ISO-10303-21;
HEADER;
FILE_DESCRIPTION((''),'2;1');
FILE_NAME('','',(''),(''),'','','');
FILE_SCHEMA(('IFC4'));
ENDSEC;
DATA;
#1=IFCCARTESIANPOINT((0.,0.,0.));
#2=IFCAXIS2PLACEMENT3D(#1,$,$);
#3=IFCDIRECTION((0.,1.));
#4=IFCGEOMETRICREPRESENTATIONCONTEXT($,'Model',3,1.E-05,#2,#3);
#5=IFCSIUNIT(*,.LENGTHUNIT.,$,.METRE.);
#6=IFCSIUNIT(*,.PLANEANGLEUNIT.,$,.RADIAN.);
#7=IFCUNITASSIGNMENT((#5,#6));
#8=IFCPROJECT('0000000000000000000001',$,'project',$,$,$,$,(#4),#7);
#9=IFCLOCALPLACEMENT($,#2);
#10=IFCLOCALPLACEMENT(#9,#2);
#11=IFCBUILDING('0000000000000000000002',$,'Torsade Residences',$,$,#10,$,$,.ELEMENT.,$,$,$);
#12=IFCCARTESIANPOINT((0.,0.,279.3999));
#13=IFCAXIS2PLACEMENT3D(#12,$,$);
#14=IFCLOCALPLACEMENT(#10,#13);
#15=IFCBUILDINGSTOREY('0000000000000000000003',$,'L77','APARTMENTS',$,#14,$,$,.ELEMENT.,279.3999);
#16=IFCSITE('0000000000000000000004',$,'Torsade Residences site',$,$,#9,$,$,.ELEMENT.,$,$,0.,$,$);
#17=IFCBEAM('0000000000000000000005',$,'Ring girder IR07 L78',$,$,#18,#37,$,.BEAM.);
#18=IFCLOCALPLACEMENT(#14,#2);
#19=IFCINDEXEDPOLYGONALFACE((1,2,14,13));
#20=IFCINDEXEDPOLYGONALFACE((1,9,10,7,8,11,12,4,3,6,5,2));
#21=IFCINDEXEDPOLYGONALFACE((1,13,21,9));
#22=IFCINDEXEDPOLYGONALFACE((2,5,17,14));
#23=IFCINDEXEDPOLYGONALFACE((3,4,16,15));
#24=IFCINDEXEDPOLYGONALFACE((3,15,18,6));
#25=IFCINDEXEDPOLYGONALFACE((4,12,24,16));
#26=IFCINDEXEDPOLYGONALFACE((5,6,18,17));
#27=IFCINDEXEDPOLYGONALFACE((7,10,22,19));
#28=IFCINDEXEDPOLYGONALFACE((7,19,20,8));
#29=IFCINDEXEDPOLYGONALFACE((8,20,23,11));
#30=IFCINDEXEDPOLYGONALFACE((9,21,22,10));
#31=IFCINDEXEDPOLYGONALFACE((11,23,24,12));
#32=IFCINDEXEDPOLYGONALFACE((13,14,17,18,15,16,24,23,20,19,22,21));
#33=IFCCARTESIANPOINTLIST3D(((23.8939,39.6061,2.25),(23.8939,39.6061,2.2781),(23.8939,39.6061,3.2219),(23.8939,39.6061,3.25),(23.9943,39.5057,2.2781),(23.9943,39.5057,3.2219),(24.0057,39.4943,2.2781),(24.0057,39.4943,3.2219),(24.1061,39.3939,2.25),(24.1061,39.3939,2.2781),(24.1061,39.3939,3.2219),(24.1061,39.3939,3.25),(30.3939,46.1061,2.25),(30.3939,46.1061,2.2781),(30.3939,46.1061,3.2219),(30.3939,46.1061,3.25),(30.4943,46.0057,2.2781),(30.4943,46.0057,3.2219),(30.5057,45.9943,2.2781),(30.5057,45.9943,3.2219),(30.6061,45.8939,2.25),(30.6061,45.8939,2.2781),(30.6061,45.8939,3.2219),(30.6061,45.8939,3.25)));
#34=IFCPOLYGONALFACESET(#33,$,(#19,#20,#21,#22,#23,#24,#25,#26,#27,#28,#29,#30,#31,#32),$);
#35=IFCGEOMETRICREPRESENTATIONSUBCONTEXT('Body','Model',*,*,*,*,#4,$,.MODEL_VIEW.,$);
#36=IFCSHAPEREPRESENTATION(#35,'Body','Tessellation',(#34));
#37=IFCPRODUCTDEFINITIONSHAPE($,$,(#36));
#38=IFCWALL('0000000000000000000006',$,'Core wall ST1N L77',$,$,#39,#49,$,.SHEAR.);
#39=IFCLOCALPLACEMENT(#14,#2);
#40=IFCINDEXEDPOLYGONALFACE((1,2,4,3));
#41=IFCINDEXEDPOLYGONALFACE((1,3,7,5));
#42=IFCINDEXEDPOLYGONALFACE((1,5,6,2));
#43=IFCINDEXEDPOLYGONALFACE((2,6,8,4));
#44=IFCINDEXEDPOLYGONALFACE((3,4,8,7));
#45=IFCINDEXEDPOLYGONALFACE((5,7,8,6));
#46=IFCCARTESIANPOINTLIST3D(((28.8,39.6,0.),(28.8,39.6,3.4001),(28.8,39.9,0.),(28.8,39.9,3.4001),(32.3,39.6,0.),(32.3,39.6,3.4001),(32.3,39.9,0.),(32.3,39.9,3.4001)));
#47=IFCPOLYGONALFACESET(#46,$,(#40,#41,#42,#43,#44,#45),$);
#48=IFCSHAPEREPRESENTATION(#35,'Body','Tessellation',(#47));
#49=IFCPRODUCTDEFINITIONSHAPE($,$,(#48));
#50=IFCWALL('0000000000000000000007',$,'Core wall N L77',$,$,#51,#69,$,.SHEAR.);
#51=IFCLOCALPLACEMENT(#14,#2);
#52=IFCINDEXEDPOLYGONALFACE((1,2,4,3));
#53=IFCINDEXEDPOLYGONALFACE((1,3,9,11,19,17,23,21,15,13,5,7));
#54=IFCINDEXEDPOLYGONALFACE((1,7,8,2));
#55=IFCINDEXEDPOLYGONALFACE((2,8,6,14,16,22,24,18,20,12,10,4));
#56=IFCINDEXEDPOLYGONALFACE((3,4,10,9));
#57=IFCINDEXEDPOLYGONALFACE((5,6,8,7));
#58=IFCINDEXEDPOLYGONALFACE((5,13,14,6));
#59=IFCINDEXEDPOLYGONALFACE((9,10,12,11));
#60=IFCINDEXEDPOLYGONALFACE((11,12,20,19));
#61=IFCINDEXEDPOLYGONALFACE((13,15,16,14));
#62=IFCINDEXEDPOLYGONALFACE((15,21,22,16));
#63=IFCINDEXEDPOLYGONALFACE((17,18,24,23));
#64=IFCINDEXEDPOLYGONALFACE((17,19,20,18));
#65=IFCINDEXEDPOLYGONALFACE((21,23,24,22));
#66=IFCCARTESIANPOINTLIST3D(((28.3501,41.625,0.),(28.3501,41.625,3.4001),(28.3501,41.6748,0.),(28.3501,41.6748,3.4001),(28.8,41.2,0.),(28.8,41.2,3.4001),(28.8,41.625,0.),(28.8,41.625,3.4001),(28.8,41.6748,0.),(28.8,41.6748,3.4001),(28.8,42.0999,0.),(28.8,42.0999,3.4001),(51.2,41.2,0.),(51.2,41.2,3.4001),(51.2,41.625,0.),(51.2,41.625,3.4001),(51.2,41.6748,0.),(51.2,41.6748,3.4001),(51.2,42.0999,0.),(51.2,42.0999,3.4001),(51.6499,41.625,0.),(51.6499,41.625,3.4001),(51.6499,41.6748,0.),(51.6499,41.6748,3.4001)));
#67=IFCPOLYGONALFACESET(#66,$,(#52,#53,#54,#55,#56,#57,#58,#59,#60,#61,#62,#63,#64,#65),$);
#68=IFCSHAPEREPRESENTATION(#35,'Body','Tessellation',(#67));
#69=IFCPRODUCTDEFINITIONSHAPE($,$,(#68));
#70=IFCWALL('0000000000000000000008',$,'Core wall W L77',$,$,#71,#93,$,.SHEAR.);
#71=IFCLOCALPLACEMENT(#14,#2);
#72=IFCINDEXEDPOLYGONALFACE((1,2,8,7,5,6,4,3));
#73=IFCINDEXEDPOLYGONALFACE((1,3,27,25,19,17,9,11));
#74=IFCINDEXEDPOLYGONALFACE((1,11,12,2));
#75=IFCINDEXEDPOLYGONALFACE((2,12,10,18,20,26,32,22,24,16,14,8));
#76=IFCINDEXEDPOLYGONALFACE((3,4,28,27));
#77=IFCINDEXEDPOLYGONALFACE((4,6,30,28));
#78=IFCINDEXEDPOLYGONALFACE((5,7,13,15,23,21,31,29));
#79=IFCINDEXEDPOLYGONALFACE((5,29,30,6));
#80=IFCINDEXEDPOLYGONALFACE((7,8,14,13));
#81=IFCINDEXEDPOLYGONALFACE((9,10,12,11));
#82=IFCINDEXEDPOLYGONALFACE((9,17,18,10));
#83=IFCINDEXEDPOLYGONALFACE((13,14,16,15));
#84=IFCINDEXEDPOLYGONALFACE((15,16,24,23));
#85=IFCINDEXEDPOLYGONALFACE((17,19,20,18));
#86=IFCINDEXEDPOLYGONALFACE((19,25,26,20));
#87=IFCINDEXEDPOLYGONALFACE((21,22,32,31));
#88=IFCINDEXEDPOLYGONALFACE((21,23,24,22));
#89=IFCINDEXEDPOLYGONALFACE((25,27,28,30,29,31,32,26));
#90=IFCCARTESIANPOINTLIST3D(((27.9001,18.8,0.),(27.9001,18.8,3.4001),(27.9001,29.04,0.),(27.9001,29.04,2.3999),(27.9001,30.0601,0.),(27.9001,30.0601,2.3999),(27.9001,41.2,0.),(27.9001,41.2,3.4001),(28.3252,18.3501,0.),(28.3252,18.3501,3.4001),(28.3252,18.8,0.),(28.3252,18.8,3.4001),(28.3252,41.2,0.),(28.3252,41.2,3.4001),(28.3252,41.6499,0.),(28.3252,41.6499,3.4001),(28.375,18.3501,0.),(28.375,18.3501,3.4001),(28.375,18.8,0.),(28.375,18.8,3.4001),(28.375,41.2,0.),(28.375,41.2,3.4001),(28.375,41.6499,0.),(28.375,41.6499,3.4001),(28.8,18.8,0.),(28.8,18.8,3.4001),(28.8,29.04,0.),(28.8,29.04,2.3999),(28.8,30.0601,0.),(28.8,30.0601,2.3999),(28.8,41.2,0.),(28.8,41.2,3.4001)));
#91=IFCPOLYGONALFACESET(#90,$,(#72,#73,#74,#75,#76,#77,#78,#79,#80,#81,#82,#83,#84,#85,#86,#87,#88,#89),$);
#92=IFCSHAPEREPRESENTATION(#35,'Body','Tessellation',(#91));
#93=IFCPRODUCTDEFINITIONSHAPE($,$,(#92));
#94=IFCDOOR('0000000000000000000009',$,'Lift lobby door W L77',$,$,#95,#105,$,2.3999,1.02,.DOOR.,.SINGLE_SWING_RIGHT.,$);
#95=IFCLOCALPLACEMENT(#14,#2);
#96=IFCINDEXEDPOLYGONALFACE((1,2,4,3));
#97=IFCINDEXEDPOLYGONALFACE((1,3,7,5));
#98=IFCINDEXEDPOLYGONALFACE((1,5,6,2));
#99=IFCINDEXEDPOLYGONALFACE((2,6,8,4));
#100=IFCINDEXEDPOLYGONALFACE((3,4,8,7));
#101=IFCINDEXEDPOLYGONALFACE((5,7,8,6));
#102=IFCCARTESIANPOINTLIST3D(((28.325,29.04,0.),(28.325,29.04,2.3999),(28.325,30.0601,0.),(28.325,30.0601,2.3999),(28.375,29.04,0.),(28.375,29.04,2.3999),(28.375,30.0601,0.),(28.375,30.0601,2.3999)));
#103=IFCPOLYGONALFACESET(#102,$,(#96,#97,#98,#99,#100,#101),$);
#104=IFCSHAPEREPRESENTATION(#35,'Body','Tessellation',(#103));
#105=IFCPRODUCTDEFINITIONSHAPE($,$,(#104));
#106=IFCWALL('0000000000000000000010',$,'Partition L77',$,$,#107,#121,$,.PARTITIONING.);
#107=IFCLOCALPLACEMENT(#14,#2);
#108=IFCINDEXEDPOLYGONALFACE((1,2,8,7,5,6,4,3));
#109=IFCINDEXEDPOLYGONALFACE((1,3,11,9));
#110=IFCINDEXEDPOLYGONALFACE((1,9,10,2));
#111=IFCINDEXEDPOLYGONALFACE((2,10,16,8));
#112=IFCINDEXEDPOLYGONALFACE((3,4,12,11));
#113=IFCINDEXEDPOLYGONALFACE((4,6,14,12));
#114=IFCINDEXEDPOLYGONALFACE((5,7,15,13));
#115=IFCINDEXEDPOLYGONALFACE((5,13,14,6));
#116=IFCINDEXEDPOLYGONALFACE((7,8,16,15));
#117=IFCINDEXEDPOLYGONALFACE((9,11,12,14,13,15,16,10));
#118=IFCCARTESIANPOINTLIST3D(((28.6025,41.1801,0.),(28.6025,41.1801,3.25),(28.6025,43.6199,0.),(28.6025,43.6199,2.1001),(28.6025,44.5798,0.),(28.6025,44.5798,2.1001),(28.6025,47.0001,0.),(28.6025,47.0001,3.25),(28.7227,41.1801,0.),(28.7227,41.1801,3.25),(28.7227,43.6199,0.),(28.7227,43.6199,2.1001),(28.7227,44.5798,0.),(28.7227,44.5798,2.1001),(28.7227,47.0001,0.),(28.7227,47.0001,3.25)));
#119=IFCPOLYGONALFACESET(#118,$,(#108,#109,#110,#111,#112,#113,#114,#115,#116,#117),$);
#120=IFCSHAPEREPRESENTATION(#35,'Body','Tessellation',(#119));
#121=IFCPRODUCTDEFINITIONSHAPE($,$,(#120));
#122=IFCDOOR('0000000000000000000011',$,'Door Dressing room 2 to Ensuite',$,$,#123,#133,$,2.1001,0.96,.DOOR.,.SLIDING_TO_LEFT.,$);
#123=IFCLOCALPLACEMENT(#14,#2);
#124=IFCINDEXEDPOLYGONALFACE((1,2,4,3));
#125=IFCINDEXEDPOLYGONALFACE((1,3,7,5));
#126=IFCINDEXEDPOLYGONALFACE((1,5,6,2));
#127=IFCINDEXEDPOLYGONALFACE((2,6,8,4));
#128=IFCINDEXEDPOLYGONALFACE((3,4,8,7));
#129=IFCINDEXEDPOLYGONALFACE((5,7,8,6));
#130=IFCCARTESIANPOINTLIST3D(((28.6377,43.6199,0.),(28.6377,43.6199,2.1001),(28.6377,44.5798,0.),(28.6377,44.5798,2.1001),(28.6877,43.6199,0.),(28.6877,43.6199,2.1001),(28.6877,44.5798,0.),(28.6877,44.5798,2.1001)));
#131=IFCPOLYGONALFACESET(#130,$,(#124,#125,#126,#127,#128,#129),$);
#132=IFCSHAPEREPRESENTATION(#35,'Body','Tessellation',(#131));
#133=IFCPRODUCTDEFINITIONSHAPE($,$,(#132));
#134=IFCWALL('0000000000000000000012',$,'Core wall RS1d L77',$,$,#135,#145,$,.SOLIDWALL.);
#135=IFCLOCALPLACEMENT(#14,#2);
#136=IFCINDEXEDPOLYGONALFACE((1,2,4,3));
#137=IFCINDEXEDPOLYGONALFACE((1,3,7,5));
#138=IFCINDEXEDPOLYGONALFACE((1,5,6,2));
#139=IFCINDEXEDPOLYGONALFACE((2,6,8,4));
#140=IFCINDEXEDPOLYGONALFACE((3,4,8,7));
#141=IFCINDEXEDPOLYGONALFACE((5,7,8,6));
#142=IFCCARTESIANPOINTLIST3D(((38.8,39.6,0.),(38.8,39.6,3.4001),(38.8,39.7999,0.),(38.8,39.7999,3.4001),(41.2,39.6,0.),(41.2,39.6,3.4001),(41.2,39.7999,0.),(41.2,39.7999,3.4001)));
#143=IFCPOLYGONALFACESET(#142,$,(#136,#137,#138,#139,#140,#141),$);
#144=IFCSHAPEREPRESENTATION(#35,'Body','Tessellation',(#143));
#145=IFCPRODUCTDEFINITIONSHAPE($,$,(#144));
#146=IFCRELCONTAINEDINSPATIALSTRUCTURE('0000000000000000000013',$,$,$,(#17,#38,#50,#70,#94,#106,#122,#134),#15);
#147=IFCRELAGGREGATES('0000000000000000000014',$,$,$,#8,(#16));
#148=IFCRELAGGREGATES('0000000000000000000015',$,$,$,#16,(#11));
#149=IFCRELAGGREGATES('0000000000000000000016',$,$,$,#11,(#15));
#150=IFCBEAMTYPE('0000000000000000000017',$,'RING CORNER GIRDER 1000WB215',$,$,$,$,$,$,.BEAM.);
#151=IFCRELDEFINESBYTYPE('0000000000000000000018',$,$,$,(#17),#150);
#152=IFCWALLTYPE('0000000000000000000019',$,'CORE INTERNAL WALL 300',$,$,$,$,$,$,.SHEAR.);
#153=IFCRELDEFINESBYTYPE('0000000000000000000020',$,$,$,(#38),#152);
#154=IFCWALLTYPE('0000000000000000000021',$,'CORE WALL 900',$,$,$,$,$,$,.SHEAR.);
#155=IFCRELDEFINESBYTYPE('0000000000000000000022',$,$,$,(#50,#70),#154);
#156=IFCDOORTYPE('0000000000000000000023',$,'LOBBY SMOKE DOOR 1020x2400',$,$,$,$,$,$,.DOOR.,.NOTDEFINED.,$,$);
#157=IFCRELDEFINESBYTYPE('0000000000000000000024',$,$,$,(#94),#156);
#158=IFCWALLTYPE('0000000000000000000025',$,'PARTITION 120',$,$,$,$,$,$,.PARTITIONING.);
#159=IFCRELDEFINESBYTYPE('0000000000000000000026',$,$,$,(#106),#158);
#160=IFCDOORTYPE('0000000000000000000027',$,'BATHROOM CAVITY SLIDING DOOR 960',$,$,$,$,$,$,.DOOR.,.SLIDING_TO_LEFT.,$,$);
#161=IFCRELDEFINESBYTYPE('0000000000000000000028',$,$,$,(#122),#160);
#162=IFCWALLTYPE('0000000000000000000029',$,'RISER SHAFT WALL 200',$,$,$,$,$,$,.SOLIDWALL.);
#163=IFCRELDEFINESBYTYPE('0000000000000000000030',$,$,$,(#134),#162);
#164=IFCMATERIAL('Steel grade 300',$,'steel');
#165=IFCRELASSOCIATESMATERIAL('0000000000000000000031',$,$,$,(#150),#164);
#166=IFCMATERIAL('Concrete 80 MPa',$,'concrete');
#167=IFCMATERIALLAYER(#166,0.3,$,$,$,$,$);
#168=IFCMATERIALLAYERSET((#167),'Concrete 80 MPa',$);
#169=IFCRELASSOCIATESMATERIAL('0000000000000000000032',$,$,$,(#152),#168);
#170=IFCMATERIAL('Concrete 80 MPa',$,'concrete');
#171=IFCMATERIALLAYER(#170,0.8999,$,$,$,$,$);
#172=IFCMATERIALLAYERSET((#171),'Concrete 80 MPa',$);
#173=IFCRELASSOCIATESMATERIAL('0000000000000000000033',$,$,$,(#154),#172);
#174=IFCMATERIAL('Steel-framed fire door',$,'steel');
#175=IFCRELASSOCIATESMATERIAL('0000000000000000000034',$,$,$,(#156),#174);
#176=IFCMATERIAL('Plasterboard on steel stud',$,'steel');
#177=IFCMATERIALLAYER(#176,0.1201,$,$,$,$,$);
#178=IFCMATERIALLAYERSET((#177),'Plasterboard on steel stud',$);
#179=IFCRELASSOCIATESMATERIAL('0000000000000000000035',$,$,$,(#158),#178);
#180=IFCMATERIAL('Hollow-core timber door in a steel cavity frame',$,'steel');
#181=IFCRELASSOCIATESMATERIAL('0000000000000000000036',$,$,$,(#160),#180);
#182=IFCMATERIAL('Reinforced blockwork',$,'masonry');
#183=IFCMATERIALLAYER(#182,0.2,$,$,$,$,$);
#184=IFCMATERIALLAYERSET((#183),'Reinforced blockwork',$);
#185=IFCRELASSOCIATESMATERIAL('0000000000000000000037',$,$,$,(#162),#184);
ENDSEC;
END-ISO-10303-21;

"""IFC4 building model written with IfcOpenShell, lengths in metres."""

from ifc_helpers import new_model, si_unit, direction, frame, frame_2d, origin, origin_2d, place, context, subcontext, project, spatial, polyline, rectangle, i_section, outline, extrude, material, layer, layer_set, material_profile, profile_set, type_object, element, fill, save


model = new_model("IFC4")

# Units and contexts
model_context = context("Model", 3, precision=1e-05, world=origin(), true_north=direction((0.0, 1.0)))
body_context = subcontext(model_context, "Body", "Model", "MODEL_VIEW")
ifc_project = project(units=[si_unit("LENGTHUNIT", "METRE"), si_unit("PLANEANGLEUNIT", "RADIAN")], contexts=[model_context])

# Site, building, storey
site_placement = place(None, origin())
site = spatial("IfcSite", under=ifc_project, at=site_placement, Name="Torsade Residences site", CompositionType="ELEMENT", RefElevation=0.0)
building_placement = place(site_placement, origin())
building = spatial("IfcBuilding", under=site, at=building_placement, Name="Torsade Residences", CompositionType="ELEMENT")
storey_placement = place(building_placement, frame((0.0, 0.0, 279.3999)))
storey = spatial("IfcBuildingStorey", under=building, at=storey_placement, Name="L77", Description="APARTMENTS", CompositionType="ELEMENT", Elevation=279.3999)

# Beam
ifc_material_1 = material(Name="Steel grade 300", Category="steel")
ifc_material_profile_1 = material_profile(ifc_material_1, i_section(OverallWidth=0.3, OverallDepth=1.0, WebThickness=0.0161, FlangeThickness=0.0281, at=origin_2d()), Name="1000WB215")
ifc_profile_set_1 = profile_set([ifc_material_profile_1], Name="Steel grade 300")
beam_type_1 = type_object("IfcBeamType", Name="RING CORNER GIRDER 1000WB215", PredefinedType="BEAM", material=ifc_profile_set_1)
beam_1_placement = place(storey_placement, frame((30.5, 46.0, 2.75), z_axis=(-0.707107, -0.707107, 0.0), x_axis=(0.707107, -0.707107, 0.0)))
element("IfcBeam", 1, at=beam_1_placement, inside=storey, type_object=beam_type_1, Name="Ring girder IR07 L78", PredefinedType="BEAM", context=body_context, shape_type="SweptSolid", body=[
    extrude(i_section(OverallWidth=0.3, OverallDepth=1.0, WebThickness=0.0161, FlangeThickness=0.0281, at=origin_2d()), origin(), (0.0, 0.0, 1.0), 9.1924),
])

# Walls
ifc_material_2 = material(Name="Concrete 80 MPa", Category="concrete")
ifc_layer_1 = layer(ifc_material_2, 0.3)
ifc_layer_set_1 = layer_set([ifc_layer_1], Name="Concrete 80 MPa")
wall_type_1 = type_object("IfcWallType", Name="CORE INTERNAL WALL 300", PredefinedType="SHEAR", material=ifc_layer_set_1)
wall_1_placement = place(storey_placement, frame((28.8, 39.75, 0.0), z_axis=(0.0, 0.0, 1.0), x_axis=(1.0, 0.0, 0.0)))
element("IfcWall", 2, at=wall_1_placement, inside=storey, type_object=wall_type_1, Name="Core wall ST1N L77", PredefinedType="SHEAR", context=body_context, shape_type="SweptSolid", body=[
    extrude(rectangle(XDim=3.5, YDim=0.3, at=frame_2d((1.75, 0.0))), origin(), (0.0, 0.0, 1.0), 3.4001),
])
ifc_material_3 = material(Name="Concrete 80 MPa", Category="concrete")
ifc_layer_2 = layer(ifc_material_3, 0.8999)
ifc_layer_set_2 = layer_set([ifc_layer_2], Name="Concrete 80 MPa")
wall_type_2 = type_object("IfcWallType", Name="CORE WALL 900", PredefinedType="SHEAR", material=ifc_layer_set_2)
wall_2_placement = place(storey_placement, frame((28.8, 41.6499, 0.0), z_axis=(0.0, 0.0, 1.0), x_axis=(1.0, 0.0, 0.0)))
element("IfcWall", 3, at=wall_2_placement, inside=storey, type_object=wall_type_2, Name="Core wall N L77", PredefinedType="SHEAR", context=body_context, shape_type="SweptSolid", body=[
    extrude(outline(polyline([(0.0, -0.45), (22.3999, -0.45), (22.3999, -0.0249), (22.8499, -0.0249), (22.8499, 0.0249), (22.3999, 0.0249), (22.3999, 0.45), (0.0, 0.45), (0.0, 0.0249), (-0.45, 0.0249), (-0.45, -0.0249), (0.0, -0.0249), (0.0, -0.45)])), origin(), (0.0, 0.0, 1.0), 3.4001),
])

# Walls, openings, doors
wall_3_placement = place(storey_placement, frame((28.3501, 41.2, 0.0), z_axis=(0.0, 0.0, 1.0), x_axis=(0.0, -1.0, 0.0)))
wall_3 = element("IfcWall", 4, at=wall_3_placement, inside=storey, type_object=wall_type_2, Name="Core wall W L77", PredefinedType="SHEAR", context=body_context, shape_type="SweptSolid", body=[
    extrude(outline(polyline([(0.0, -0.45), (22.3999, -0.45), (22.3999, -0.0249), (22.8499, -0.0249), (22.8499, 0.0249), (22.3999, 0.0249), (22.3999, 0.45), (0.0, 0.45), (0.0, 0.0249), (-0.45, 0.0249), (-0.45, -0.0249), (0.0, -0.0249), (0.0, -0.45)])), origin(), (0.0, 0.0, 1.0), 3.4001),
])
opening_1_placement = place(wall_3_placement, frame((11.1399, 0.0, 0.0)))
opening_1 = element("IfcOpeningElement", 5, at=opening_1_placement, cuts=wall_3, PredefinedType="OPENING", context=body_context, shape_type="SweptSolid", body=[
    extrude(rectangle(XDim=1.02, YDim=2.3999, at=frame_2d((0.51, 1.2))), frame((0.0, 0.46, 0.0), z_axis=(0.0, -1.0, 0.0), x_axis=(1.0, 0.0, 0.0)), (0.0, 0.0, 1.0), 0.9199),
])
ifc_material_4 = material(Name="Steel-framed fire door", Category="steel")
door_type_1 = type_object("IfcDoorType", Name="LOBBY SMOKE DOOR 1020x2400", OperationType="NOTDEFINED", PredefinedType="DOOR", material=ifc_material_4)
door_1_placement = place(opening_1_placement, origin())
door_1 = element("IfcDoor", 6, at=door_1_placement, inside=storey, type_object=door_type_1, Name="Lift lobby door W L77", OperationType="SINGLE_SWING_RIGHT", OverallHeight=2.3999, OverallWidth=1.02, PredefinedType="DOOR", context=body_context, shape_type="SweptSolid", body=[
    extrude(rectangle(XDim=1.02, YDim=2.3999, at=frame_2d((0.51, 1.2))), frame((0.0, 0.0249, 0.0), z_axis=(0.0, -1.0, 0.0), x_axis=(1.0, 0.0, 0.0)), (0.0, 0.0, 1.0), 0.05),
])
fill(opening_1, door_1)
ifc_material_5 = material(Name="Plasterboard on steel stud", Category="steel")
ifc_layer_3 = layer(ifc_material_5, 0.1201)
ifc_layer_set_3 = layer_set([ifc_layer_3], Name="Plasterboard on steel stud")
wall_type_3 = type_object("IfcWallType", Name="PARTITION 120", PredefinedType="PARTITIONING", material=ifc_layer_set_3)
wall_4_placement = place(storey_placement, frame((28.6626, 41.1799, 0.0), z_axis=(0.0, 0.0, 1.0), x_axis=(0.0, 1.0, 0.0)))
wall_4 = element("IfcWall", 7, at=wall_4_placement, inside=storey, type_object=wall_type_3, Name="Partition L77", PredefinedType="PARTITIONING", context=body_context, shape_type="SweptSolid", body=[
    extrude(rectangle(XDim=5.8201, YDim=0.1201, at=frame_2d((2.9102, 0.0))), origin(), (0.0, 0.0, 1.0), 3.25),
])
opening_2_placement = place(wall_4_placement, frame((2.4399, 0.0, 0.0)))
opening_2 = element("IfcOpeningElement", 8, at=opening_2_placement, cuts=wall_4, PredefinedType="OPENING", context=body_context, shape_type="SweptSolid", body=[
    extrude(rectangle(XDim=0.96, YDim=2.1001, at=frame_2d((0.48, 1.05))), frame((0.0, 0.0701, 0.0), z_axis=(0.0, -1.0, 0.0), x_axis=(1.0, 0.0, 0.0)), (0.0, 0.0, 1.0), 0.1401),
])
ifc_material_6 = material(Name="Hollow-core timber door in a steel cavity frame", Category="steel")
door_type_2 = type_object("IfcDoorType", Name="BATHROOM CAVITY SLIDING DOOR 960", OperationType="SLIDING_TO_LEFT", PredefinedType="DOOR", material=ifc_material_6)
door_2_placement = place(opening_2_placement, origin())
door_2 = element("IfcDoor", 9, at=door_2_placement, inside=storey, type_object=door_type_2, Name="Door Dressing room 2 to Ensuite", OperationType="SLIDING_TO_LEFT", OverallHeight=2.1001, OverallWidth=0.96, PredefinedType="DOOR", context=body_context, shape_type="SweptSolid", body=[
    extrude(rectangle(XDim=0.96, YDim=2.1001, at=frame_2d((0.48, 1.05))), frame((0.0, 0.0249, 0.0), z_axis=(0.0, -1.0, 0.0), x_axis=(1.0, 0.0, 0.0)), (0.0, 0.0, 1.0), 0.05),
])
fill(opening_2, door_2)

# Wall
ifc_material_7 = material(Name="Reinforced blockwork", Category="masonry")
ifc_layer_4 = layer(ifc_material_7, 0.2)
ifc_layer_set_4 = layer_set([ifc_layer_4], Name="Reinforced blockwork")
wall_type_4 = type_object("IfcWallType", Name="RISER SHAFT WALL 200", PredefinedType="SOLIDWALL", material=ifc_layer_set_4)
wall_5_placement = place(storey_placement, frame((38.8, 39.7, 0.0), z_axis=(0.0, 0.0, 1.0), x_axis=(1.0, 0.0, 0.0)))
element("IfcWall", 10, at=wall_5_placement, inside=storey, type_object=wall_type_4, Name="Core wall RS1d L77", PredefinedType="SOLIDWALL", context=body_context, shape_type="SweptSolid", body=[
    extrude(rectangle(XDim=2.3999, YDim=0.2, at=frame_2d((1.2, 0.0))), origin(), (0.0, 0.0, 1.0), 3.4001),
])

save(model, "model.ifc")
